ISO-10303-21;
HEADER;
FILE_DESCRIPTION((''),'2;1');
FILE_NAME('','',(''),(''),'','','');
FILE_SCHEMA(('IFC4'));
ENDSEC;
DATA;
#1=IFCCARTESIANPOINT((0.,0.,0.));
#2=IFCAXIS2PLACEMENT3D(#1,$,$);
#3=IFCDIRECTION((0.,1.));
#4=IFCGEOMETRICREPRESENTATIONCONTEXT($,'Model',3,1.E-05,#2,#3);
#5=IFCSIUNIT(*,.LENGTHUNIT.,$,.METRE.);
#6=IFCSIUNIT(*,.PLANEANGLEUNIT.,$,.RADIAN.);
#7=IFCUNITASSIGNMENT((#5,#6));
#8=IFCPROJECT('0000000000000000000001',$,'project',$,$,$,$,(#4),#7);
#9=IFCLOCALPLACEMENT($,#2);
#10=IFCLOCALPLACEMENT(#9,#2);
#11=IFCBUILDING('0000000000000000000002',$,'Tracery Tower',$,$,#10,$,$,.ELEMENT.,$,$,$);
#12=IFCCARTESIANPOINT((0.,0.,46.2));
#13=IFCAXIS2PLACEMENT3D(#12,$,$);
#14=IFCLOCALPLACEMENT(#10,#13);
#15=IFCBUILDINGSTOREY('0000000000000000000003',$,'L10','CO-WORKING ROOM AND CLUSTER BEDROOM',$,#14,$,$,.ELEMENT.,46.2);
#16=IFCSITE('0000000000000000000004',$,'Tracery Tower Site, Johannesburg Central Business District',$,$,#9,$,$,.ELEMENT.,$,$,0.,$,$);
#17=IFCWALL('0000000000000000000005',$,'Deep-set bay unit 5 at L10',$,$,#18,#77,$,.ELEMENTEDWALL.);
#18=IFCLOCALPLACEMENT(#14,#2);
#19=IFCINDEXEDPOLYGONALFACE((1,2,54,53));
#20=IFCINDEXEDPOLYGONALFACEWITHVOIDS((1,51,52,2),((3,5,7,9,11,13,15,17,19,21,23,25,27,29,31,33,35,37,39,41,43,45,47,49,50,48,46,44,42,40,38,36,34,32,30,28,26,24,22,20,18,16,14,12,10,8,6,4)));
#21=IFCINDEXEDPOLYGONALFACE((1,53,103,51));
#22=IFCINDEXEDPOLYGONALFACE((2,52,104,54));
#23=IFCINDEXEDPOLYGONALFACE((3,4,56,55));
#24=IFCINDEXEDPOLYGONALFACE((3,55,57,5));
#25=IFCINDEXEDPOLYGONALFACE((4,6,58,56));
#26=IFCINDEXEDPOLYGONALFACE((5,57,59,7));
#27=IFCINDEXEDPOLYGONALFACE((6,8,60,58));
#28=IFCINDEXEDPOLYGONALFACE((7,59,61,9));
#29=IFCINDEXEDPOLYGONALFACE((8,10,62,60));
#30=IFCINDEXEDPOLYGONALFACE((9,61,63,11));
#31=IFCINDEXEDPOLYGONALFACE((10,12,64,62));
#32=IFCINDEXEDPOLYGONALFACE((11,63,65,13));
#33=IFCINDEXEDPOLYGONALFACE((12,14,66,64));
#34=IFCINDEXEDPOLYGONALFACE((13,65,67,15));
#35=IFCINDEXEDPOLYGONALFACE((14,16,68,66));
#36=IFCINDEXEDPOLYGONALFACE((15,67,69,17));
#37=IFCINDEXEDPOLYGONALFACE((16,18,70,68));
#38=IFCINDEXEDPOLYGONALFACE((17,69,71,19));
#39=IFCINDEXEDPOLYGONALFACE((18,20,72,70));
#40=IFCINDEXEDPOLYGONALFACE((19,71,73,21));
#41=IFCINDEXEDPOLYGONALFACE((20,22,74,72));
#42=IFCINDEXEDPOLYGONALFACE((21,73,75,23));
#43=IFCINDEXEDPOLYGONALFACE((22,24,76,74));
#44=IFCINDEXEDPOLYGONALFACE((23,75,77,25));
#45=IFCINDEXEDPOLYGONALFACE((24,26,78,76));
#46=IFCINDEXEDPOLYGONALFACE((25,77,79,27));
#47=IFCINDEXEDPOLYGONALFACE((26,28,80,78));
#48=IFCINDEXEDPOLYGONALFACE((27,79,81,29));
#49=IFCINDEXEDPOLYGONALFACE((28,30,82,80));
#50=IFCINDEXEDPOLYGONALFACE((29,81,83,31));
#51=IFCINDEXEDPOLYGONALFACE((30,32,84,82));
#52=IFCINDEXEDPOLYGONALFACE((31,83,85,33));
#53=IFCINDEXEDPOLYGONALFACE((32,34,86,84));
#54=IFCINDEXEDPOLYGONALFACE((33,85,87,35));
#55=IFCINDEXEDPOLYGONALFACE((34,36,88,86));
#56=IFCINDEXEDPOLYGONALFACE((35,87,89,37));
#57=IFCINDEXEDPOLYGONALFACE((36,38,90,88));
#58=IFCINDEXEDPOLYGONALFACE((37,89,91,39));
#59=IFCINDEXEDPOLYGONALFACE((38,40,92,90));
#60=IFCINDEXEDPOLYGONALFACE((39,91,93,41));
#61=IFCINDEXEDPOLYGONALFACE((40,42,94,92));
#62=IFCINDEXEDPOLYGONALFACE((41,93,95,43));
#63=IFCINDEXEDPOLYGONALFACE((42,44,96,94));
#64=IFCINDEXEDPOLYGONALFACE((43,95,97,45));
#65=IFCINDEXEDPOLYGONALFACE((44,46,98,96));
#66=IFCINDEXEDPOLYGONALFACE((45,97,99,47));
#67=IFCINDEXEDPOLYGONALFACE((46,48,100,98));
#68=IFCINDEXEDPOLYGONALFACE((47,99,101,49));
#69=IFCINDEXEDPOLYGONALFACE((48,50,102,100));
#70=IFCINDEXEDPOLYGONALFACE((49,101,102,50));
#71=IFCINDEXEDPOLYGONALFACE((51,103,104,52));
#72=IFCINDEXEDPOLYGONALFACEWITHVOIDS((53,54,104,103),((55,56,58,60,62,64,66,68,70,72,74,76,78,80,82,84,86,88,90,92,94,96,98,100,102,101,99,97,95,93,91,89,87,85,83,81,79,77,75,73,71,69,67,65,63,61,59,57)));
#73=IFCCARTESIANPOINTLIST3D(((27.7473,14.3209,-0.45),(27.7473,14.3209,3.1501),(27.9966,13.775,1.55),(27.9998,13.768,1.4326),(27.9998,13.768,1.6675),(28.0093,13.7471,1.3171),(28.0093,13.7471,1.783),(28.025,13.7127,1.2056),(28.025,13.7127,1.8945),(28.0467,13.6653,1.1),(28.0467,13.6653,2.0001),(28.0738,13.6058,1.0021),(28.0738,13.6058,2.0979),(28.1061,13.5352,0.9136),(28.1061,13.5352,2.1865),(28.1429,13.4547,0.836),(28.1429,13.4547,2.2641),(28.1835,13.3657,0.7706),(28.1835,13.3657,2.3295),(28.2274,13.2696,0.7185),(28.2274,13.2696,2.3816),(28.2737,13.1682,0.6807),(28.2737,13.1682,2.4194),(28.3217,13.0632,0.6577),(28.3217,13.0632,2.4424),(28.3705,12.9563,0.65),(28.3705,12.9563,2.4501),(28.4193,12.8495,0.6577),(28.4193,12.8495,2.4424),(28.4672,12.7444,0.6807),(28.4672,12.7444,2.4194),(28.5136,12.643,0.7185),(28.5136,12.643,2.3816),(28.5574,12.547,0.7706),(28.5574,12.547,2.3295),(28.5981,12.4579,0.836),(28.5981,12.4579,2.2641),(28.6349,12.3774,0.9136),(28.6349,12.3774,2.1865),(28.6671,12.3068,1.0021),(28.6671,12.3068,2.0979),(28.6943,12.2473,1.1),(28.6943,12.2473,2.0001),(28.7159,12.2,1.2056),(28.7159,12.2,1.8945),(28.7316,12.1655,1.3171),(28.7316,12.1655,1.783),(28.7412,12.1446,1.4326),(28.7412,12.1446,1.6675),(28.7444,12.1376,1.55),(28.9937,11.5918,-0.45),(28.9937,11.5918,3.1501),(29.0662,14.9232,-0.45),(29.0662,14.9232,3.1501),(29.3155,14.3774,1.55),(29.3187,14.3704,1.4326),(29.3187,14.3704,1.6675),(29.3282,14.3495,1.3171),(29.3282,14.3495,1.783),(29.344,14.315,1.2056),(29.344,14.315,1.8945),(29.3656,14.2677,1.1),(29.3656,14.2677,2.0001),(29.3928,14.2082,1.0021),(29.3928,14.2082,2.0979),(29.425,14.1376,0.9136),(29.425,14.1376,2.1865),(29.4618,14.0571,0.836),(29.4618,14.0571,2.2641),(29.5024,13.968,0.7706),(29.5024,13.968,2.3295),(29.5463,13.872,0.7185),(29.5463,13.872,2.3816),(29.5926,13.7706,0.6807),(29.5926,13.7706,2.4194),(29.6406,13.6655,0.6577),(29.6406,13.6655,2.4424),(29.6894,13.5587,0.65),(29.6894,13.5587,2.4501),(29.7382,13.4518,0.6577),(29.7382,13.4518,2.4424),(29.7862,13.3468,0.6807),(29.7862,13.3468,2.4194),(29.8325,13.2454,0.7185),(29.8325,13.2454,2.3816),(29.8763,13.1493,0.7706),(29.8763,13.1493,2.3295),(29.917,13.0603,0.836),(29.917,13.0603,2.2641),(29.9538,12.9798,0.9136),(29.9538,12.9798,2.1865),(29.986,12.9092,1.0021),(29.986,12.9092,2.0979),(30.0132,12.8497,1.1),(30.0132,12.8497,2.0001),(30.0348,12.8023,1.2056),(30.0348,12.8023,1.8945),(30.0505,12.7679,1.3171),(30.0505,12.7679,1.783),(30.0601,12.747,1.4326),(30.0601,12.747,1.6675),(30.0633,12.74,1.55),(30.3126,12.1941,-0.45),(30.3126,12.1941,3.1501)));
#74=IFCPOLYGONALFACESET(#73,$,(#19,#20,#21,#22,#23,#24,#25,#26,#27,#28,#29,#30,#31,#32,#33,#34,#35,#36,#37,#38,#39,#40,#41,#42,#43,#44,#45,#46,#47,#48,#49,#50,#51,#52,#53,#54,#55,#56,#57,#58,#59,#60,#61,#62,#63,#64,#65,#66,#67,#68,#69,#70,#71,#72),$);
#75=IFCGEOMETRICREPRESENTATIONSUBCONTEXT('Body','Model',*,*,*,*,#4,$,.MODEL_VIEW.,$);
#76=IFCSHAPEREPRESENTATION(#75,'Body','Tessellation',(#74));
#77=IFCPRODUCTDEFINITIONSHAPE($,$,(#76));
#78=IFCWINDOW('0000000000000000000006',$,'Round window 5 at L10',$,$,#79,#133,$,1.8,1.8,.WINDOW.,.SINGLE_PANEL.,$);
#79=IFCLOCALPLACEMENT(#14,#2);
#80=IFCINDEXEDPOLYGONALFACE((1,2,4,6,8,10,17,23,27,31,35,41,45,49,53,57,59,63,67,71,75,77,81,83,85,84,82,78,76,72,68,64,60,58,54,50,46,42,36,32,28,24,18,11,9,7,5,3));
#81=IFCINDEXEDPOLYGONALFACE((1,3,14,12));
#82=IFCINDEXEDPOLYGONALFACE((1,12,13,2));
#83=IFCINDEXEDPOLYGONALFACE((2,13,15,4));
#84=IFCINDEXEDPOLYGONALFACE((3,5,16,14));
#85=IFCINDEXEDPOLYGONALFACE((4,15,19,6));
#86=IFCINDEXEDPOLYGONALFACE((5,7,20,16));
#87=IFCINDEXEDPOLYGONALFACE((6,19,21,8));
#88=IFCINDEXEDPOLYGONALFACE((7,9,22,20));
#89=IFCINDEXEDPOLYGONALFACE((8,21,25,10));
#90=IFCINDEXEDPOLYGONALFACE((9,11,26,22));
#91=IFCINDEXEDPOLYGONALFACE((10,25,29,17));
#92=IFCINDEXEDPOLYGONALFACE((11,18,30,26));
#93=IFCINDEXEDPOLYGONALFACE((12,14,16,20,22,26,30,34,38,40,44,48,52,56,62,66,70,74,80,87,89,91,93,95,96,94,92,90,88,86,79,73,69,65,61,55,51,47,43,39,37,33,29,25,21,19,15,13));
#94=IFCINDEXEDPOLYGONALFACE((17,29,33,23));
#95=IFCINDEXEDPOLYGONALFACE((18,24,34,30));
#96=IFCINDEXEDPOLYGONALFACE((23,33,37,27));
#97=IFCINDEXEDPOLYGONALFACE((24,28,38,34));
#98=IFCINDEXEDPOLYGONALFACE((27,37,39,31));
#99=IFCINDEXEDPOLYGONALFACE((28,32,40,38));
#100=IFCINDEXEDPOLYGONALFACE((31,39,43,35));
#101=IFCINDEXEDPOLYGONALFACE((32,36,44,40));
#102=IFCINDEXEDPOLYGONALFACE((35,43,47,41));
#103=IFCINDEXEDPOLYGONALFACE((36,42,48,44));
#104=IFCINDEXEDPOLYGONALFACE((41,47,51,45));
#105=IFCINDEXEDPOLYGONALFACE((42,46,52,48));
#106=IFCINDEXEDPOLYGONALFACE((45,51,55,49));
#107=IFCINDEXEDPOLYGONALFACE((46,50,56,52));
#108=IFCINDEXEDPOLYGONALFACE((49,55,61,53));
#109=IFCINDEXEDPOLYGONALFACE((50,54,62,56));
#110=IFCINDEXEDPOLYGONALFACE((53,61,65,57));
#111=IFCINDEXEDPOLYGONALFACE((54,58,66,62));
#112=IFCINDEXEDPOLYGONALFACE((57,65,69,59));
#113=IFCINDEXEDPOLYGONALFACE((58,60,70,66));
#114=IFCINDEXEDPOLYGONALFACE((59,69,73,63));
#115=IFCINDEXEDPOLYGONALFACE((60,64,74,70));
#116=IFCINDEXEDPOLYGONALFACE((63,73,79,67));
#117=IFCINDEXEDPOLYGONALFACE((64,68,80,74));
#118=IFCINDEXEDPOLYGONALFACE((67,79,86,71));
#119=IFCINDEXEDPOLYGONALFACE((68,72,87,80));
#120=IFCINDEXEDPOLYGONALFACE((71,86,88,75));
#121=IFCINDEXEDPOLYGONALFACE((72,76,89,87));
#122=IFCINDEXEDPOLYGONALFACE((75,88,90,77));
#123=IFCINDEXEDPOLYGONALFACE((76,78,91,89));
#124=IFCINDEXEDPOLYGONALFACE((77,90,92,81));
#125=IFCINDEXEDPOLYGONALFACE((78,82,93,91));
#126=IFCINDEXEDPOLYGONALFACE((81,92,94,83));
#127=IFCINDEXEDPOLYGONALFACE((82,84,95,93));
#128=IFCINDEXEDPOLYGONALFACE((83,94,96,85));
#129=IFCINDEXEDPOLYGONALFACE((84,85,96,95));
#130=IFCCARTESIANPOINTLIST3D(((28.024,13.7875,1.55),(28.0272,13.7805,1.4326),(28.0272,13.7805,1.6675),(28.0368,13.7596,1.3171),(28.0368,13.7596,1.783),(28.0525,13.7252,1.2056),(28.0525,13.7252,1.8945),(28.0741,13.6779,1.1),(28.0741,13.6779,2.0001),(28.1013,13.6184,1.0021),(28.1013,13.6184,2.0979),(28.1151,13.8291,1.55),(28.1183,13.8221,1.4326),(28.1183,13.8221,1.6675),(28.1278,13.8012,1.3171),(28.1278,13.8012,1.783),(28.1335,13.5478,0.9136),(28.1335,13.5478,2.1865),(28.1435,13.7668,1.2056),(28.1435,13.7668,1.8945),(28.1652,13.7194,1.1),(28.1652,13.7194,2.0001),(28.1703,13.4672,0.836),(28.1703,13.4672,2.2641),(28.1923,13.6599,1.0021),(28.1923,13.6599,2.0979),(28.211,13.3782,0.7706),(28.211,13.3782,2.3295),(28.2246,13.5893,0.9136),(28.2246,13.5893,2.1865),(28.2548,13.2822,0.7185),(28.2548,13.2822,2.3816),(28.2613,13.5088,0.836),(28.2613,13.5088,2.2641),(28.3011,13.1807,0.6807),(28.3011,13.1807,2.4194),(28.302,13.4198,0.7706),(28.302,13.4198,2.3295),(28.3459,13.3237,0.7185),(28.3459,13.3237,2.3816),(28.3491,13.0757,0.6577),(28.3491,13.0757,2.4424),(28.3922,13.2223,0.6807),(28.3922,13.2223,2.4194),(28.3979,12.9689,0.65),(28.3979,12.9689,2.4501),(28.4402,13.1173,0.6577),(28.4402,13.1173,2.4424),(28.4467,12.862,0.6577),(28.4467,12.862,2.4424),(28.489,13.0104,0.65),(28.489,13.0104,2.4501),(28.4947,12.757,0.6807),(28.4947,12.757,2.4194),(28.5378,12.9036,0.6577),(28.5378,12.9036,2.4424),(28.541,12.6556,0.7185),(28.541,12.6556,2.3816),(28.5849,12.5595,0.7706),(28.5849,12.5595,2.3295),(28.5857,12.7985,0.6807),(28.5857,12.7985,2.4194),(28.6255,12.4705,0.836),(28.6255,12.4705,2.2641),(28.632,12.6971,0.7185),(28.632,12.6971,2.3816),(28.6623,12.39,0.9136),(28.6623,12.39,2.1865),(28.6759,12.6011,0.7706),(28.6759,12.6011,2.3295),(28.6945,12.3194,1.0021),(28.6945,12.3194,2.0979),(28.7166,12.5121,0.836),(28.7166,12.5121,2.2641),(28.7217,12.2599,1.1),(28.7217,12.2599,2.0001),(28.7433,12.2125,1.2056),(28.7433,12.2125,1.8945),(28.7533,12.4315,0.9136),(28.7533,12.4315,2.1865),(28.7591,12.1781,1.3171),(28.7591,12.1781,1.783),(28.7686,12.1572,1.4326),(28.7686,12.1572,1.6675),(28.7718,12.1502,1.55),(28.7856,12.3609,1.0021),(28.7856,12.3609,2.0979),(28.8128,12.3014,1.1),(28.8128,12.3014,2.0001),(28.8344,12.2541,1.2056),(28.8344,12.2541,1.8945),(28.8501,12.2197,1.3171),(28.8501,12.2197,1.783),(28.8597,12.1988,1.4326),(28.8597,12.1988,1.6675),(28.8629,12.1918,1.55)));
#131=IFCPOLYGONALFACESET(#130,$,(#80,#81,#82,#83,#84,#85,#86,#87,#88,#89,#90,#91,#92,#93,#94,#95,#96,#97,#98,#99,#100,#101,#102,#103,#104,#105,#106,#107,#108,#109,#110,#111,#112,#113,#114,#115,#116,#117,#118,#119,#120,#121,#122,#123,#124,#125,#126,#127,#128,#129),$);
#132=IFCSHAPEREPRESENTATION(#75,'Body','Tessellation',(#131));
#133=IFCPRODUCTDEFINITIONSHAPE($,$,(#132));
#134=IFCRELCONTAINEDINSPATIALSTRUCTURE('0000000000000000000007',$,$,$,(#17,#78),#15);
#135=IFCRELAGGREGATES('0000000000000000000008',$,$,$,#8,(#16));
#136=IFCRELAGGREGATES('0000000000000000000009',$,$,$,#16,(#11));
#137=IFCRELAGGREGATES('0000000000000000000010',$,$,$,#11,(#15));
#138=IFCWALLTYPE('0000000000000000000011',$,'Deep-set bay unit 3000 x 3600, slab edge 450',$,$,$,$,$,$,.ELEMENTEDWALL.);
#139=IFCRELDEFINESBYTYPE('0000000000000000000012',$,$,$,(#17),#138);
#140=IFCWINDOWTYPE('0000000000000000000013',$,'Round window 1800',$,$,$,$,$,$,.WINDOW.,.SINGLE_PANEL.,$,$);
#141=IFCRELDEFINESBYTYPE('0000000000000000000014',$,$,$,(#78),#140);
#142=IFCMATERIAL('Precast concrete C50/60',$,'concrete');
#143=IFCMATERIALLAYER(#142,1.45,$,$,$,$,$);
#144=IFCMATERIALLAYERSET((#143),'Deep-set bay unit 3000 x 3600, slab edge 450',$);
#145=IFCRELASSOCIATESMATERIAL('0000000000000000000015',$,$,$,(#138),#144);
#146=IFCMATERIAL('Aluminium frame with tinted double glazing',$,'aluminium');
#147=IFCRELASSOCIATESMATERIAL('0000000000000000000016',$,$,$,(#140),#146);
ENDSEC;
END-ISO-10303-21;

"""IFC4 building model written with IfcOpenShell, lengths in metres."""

from ifc_helpers import new_model, si_unit, direction, frame, frame_2d, origin, origin_2d, place, context, subcontext, project, spatial, rectangle, circle, extrude, material, layer, layer_set, type_object, element, fill, save


model = new_model("IFC4")

# Units and contexts
model_context = context("Model", 3, precision=1e-05, world=origin(), true_north=direction((0.0, 1.0)))
body_context = subcontext(model_context, "Body", "Model", "MODEL_VIEW")
ifc_project = project(units=[si_unit("LENGTHUNIT", "METRE"), si_unit("PLANEANGLEUNIT", "RADIAN")], contexts=[model_context])

# Site, building, storey
site_placement = place(None, origin())
site = spatial("IfcSite", under=ifc_project, at=site_placement, Name="Tracery Tower Site, Johannesburg Central Business District", CompositionType="ELEMENT", RefElevation=0.0)
building_placement = place(site_placement, origin())
building = spatial("IfcBuilding", under=site, at=building_placement, Name="Tracery Tower", CompositionType="ELEMENT")
storey_placement = place(building_placement, frame((0.0, 0.0, 46.2)))
storey = spatial("IfcBuildingStorey", under=building, at=storey_placement, Name="L10", Description="CO-WORKING ROOM AND CLUSTER BEDROOM", CompositionType="ELEMENT", Elevation=46.2)

# Wall, opening, window
ifc_material_1 = material(Name="Precast concrete C50/60", Category="concrete")
ifc_layer_1 = layer(ifc_material_1, 1.45)
ifc_layer_set_1 = layer_set([ifc_layer_1], Name="Deep-set bay unit 3000 x 3600, slab edge 450")
wall_type_1 = type_object("IfcWallType", Name="Deep-set bay unit 3000 x 3600, slab edge 450", PredefinedType="ELEMENTEDWALL", material=ifc_layer_set_1)
wall_1_placement = place(storey_placement, frame((29.6531, 11.8931, -0.45), z_axis=(0.0, 0.0, 1.0), x_axis=(-0.415427, 0.909627, 0.0)))
wall_1 = element("IfcWall", 1, at=wall_1_placement, inside=storey, type_object=wall_type_1, Name="Deep-set bay unit 5 at L10", PredefinedType="ELEMENTEDWALL", context=body_context, shape_type="SweptSolid", body=[
    extrude(rectangle(XDim=3.0002, YDim=1.45, at=frame_2d((1.5, 0.0))), origin(), (0.0, 0.0, 1.0), 3.6001),
])
opening_1_placement = place(wall_1_placement, frame((1.5, 0.0, 2.0)))
opening_1 = element("IfcOpeningElement", 2, at=opening_1_placement, cuts=wall_1, PredefinedType="OPENING", context=body_context, shape_type="SweptSolid", body=[
    extrude(circle(Radius=0.9, at=origin_2d()), frame((0.0, 0.7349, 0.0), z_axis=(0.0, -1.0, 0.0), x_axis=(1.0, 0.0, 0.0)), (0.0, 0.0, 1.0), 1.47),
])
ifc_material_2 = material(Name="Aluminium frame with tinted double glazing", Category="aluminium")
window_type = type_object("IfcWindowType", Name="Round window 1800", PartitioningType="SINGLE_PANEL", PredefinedType="WINDOW", material=ifc_material_2)
window_1_placement = place(opening_1_placement, origin())
window_1 = element("IfcWindow", 3, at=window_1_placement, inside=storey, type_object=window_type, Name="Round window 5 at L10", OverallHeight=1.8, OverallWidth=1.8, PartitioningType="SINGLE_PANEL", PredefinedType="WINDOW", context=body_context, shape_type="SweptSolid", body=[
    extrude(circle(Radius=0.9, at=origin_2d()), frame((0.0, 0.6948, 0.0), z_axis=(0.0, -1.0, 0.0), x_axis=(1.0, 0.0, 0.0)), (0.0, 0.0, 1.0), 0.1001),
])
fill(opening_1, window_1)

save(model, "model.ifc")
